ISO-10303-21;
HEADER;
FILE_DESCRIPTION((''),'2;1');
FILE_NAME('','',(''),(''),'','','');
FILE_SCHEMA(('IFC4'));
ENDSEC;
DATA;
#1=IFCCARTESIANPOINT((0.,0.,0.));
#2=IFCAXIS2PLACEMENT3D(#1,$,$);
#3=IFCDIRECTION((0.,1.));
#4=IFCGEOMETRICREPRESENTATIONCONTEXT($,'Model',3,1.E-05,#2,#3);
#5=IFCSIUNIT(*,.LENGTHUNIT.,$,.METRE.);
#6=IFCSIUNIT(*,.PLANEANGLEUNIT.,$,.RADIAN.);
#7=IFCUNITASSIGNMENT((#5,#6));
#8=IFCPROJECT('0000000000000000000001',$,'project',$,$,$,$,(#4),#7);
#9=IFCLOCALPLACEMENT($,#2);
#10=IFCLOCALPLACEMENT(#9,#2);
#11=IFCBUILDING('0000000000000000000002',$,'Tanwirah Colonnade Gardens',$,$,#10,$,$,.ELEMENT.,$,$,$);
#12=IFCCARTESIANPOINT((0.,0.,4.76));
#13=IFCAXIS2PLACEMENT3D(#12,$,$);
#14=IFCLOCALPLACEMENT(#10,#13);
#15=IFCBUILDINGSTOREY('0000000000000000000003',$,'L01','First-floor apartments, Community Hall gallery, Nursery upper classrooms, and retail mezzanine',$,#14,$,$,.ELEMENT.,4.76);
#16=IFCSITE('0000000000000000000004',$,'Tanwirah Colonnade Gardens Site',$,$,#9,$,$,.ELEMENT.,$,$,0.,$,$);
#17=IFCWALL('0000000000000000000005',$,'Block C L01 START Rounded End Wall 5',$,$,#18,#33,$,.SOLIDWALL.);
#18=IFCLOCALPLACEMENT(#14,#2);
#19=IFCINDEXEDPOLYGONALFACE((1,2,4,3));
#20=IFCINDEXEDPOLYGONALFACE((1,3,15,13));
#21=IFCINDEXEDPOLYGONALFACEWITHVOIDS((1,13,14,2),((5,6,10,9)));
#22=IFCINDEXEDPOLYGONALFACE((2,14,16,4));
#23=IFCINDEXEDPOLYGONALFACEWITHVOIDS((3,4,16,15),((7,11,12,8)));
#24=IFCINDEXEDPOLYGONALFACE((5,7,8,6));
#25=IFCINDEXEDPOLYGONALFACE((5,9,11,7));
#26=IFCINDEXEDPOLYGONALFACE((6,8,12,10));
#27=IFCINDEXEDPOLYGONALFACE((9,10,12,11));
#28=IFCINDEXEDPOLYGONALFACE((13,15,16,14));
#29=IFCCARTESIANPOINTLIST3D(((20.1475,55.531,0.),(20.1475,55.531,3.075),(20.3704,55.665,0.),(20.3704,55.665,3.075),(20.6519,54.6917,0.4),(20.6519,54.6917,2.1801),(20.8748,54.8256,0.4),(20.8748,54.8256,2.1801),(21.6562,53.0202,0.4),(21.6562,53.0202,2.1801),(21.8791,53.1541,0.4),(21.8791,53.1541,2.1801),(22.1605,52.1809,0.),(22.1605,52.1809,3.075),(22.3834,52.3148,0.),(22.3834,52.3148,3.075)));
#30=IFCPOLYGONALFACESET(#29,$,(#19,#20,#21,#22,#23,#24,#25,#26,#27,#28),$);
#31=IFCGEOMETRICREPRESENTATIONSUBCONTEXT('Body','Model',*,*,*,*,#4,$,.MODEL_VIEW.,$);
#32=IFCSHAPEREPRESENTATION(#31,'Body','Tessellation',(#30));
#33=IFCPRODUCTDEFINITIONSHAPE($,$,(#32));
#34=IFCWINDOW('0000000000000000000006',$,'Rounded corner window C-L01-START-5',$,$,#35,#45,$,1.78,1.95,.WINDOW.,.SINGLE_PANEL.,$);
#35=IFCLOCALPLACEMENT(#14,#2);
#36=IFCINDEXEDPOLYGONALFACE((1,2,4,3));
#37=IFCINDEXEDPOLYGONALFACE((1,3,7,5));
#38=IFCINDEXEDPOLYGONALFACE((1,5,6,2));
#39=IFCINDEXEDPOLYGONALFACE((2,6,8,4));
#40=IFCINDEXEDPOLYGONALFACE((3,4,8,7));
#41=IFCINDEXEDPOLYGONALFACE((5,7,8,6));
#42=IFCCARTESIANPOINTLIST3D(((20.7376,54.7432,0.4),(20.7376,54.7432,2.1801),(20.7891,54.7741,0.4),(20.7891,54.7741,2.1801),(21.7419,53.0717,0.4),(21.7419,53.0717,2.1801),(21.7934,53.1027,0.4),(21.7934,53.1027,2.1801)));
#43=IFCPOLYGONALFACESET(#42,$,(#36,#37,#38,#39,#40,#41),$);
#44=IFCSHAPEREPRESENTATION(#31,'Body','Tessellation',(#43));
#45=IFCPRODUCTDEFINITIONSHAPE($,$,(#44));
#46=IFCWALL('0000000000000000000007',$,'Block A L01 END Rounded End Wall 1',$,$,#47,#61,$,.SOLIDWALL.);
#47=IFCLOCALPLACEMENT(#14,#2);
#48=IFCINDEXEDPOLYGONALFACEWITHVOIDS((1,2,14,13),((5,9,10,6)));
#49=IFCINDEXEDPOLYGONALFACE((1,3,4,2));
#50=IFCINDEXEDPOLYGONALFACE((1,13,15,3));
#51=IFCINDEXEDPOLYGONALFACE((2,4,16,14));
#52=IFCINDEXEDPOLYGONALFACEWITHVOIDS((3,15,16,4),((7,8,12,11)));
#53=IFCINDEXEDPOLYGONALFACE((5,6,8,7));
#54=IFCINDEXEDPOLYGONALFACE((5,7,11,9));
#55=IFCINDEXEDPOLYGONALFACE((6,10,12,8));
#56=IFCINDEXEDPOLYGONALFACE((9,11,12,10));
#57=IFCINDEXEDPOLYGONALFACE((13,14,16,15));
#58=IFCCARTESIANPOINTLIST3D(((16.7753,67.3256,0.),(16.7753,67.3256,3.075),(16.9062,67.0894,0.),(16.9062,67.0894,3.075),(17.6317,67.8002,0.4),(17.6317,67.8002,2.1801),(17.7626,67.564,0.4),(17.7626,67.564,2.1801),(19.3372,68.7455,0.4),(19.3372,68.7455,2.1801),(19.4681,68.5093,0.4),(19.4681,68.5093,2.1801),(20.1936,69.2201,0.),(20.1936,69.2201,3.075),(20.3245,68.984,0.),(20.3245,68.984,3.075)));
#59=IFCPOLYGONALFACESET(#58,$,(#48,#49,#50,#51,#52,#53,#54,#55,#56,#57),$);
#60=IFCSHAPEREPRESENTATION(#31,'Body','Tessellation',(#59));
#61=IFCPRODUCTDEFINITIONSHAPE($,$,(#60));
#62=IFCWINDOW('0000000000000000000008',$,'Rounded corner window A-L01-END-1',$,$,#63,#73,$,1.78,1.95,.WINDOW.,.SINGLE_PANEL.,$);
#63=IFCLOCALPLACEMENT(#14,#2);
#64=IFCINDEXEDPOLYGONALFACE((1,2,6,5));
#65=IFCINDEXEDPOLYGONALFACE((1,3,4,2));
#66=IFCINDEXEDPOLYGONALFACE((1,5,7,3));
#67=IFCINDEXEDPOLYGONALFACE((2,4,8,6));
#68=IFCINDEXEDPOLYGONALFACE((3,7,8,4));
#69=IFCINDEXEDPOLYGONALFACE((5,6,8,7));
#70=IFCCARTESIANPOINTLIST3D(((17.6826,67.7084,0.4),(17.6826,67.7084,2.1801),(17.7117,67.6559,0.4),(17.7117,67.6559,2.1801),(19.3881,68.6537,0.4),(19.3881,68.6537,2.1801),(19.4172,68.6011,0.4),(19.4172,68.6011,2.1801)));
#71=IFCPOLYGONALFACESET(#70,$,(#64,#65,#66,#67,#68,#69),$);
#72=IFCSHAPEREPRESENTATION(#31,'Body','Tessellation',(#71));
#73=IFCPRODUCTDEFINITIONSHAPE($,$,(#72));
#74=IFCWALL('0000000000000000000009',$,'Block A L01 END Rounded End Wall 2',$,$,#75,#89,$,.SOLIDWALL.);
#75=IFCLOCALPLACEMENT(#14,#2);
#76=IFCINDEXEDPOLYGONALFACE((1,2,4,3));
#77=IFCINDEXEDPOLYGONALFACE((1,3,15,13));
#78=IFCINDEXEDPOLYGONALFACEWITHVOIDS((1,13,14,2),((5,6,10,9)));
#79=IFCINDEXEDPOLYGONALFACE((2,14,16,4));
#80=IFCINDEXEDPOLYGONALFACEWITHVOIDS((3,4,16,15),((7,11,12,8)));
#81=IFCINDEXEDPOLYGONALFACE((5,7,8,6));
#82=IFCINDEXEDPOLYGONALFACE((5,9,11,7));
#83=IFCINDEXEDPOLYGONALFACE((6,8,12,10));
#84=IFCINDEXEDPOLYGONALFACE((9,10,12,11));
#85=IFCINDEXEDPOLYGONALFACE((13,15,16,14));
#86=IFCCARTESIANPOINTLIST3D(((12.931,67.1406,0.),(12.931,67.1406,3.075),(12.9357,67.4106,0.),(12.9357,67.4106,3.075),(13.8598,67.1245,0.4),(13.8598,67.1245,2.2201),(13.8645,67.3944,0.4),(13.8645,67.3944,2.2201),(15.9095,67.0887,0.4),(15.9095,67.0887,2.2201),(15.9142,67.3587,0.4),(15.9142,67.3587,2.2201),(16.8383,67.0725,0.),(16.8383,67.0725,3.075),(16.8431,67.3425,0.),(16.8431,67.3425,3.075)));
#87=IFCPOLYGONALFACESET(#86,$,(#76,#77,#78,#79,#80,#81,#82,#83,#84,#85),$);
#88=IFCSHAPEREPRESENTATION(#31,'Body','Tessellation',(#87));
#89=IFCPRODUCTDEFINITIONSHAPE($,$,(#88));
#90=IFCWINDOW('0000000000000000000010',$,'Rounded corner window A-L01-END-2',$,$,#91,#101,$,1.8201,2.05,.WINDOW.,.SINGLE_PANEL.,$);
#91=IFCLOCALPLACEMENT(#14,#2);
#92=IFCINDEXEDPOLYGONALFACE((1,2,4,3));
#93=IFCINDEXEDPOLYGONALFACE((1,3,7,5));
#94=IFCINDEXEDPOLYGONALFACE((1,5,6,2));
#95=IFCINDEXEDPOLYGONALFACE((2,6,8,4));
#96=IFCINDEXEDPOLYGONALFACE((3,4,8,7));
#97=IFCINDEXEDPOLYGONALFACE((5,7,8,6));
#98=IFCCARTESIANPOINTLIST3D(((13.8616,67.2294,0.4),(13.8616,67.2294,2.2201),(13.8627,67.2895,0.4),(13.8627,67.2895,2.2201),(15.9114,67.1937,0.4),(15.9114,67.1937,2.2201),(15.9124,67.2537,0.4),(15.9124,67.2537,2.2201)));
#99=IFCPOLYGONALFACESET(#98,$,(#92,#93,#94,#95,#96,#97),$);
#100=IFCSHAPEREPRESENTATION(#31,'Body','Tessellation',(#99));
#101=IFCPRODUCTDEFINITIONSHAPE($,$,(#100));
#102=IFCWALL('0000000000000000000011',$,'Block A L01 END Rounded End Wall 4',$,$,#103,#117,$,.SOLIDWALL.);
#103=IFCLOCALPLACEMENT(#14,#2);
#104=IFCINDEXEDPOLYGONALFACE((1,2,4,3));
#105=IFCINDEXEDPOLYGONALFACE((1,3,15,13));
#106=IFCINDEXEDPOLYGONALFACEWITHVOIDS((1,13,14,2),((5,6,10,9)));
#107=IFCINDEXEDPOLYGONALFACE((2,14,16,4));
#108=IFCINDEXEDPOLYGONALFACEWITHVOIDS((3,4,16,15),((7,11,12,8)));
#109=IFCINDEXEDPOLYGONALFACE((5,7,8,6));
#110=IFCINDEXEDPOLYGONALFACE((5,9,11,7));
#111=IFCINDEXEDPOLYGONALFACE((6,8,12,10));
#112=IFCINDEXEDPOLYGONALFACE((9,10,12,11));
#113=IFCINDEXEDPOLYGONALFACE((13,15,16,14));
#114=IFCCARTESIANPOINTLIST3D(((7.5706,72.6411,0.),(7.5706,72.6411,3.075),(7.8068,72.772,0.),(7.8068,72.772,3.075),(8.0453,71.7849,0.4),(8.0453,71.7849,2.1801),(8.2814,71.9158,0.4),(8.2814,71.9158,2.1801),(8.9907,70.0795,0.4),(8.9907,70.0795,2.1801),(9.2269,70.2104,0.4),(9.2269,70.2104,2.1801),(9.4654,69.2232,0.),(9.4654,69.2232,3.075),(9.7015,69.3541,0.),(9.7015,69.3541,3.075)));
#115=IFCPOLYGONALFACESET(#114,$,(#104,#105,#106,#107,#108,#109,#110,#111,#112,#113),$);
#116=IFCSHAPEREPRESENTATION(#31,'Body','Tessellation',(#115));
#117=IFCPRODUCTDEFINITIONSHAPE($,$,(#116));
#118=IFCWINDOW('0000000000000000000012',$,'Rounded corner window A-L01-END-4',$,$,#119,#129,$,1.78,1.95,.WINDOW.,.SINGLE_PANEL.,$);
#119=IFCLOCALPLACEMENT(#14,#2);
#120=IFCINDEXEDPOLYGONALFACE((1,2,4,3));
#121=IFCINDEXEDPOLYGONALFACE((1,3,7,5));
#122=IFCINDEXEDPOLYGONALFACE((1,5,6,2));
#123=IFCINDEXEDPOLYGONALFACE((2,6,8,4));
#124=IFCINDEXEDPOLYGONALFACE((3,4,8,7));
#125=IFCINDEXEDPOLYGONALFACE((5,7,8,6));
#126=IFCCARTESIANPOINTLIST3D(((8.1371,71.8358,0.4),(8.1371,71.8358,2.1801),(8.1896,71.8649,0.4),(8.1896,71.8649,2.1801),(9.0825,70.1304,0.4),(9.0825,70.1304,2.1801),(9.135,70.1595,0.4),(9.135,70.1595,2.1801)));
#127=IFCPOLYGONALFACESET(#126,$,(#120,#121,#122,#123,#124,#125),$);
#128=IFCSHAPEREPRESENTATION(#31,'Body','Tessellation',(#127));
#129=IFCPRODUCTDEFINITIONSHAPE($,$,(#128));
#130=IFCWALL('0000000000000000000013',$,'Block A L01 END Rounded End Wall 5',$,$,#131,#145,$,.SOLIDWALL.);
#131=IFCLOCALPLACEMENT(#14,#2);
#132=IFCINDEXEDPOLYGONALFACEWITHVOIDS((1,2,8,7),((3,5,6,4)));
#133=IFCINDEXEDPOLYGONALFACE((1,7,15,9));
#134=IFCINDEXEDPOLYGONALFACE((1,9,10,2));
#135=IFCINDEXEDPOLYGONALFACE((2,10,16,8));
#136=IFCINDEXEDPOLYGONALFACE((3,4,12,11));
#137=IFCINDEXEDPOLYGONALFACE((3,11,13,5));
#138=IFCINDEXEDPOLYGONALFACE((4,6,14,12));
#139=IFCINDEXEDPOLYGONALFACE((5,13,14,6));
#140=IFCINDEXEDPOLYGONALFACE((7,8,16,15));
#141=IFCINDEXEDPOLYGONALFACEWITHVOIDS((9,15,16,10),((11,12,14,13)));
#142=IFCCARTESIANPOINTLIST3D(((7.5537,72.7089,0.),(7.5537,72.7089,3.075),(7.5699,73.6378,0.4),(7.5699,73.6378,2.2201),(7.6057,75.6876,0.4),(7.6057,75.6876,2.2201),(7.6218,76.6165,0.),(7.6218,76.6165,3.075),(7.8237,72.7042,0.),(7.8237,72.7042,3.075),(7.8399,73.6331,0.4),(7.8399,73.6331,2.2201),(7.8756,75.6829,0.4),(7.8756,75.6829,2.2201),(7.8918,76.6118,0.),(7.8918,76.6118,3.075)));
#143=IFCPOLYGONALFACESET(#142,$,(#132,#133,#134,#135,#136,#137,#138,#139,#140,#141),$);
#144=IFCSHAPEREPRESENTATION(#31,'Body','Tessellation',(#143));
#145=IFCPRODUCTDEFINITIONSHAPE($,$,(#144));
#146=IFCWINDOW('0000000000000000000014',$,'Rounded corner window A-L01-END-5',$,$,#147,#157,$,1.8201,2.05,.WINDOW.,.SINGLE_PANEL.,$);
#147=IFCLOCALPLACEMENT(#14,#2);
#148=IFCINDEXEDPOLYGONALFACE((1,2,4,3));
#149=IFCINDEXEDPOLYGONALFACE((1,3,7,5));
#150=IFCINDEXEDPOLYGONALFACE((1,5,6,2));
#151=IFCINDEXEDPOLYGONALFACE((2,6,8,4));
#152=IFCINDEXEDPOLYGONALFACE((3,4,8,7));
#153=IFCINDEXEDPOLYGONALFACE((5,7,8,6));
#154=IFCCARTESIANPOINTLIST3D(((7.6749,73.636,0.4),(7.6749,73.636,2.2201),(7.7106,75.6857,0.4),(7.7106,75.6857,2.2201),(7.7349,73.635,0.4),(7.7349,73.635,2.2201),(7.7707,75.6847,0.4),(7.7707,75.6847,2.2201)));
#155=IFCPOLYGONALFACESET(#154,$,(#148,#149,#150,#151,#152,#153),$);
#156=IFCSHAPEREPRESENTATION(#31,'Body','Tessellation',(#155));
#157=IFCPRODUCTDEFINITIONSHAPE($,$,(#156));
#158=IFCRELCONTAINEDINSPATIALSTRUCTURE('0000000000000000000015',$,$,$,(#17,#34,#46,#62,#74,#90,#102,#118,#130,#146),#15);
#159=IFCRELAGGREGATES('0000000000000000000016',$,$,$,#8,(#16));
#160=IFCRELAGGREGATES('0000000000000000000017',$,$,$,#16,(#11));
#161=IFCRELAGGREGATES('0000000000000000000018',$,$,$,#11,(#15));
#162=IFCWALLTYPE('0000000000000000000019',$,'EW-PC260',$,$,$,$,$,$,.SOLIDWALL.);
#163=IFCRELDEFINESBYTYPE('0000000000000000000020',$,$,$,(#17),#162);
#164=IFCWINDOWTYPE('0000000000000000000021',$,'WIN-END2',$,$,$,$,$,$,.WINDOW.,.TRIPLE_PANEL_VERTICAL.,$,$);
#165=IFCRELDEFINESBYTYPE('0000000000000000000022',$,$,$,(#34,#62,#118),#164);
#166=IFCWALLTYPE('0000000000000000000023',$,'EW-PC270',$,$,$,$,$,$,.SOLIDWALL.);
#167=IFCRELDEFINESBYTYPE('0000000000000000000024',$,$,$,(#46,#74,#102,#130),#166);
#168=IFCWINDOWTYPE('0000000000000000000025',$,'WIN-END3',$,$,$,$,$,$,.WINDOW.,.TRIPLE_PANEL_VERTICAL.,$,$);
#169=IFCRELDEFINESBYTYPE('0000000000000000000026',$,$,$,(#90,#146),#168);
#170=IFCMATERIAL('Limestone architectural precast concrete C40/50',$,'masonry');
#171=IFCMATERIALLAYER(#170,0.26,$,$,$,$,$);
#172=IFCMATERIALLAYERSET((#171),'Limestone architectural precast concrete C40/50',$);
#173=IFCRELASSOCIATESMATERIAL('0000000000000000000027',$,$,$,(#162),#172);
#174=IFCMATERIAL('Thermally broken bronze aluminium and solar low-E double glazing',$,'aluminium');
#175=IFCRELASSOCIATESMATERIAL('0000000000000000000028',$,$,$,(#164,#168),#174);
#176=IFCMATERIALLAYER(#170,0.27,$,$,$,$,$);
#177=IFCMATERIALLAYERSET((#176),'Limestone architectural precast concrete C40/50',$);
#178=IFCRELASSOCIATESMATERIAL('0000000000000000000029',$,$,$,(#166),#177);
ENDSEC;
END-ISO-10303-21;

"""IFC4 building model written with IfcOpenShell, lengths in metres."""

from ifc_helpers import new_model, si_unit, direction, frame, frame_2d, origin, place, context, subcontext, project, spatial, rectangle, extrude, material, layer, layer_set, type_object, element, fill, save


model = new_model("IFC4")

# Units and contexts
model_context = context("Model", 3, precision=1e-05, world=origin(), true_north=direction((0.0, 1.0)))
body_context = subcontext(model_context, "Body", "Model", "MODEL_VIEW")
ifc_project = project(units=[si_unit("LENGTHUNIT", "METRE"), si_unit("PLANEANGLEUNIT", "RADIAN")], contexts=[model_context])

# Site, building, storey
site_placement = place(None, origin())
site = spatial("IfcSite", under=ifc_project, at=site_placement, Name="Tanwirah Colonnade Gardens Site", CompositionType="ELEMENT", RefElevation=0.0)
building_placement = place(site_placement, origin())
building = spatial("IfcBuilding", under=site, at=building_placement, Name="Tanwirah Colonnade Gardens", CompositionType="ELEMENT")
storey_placement = place(building_placement, frame((0.0, 0.0, 4.76)))
storey = spatial("IfcBuildingStorey", under=building, at=storey_placement, Name="L01", Description="First-floor apartments, Community Hall gallery, Nursery upper classrooms, and retail mezzanine", CompositionType="ELEMENT", Elevation=4.76)

# Walls, openings, windows
ifc_material_1 = material(Name="Limestone architectural precast concrete C40/50", Category="masonry")
ifc_layer_1 = layer(ifc_material_1, 0.26)
ifc_layer_set_1 = layer_set([ifc_layer_1], Name="Limestone architectural precast concrete C40/50")
wall_type_1 = type_object("IfcWallType", Name="EW-PC260", PredefinedType="SOLIDWALL", material=ifc_layer_set_1)
ifc_material_2 = material(Name="Thermally broken bronze aluminium and solar low-E double glazing", Category="aluminium")
window_type_1 = type_object("IfcWindowType", Name="WIN-END2", PartitioningType="TRIPLE_PANEL_VERTICAL", PredefinedType="WINDOW", material=ifc_material_2)
wall_1_placement = place(storey_placement, frame((20.259, 55.5979, 0.0), z_axis=(0.0, 0.0, 1.0), x_axis=(0.515038, -0.857168, 0.0)))
wall_1 = element("IfcWall", 1, at=wall_1_placement, inside=storey, type_object=wall_type_1, Name="Block C L01 START Rounded End Wall 5", PredefinedType="SOLIDWALL", context=body_context, shape_type="SweptSolid", body=[
    extrude(rectangle(XDim=3.9084, YDim=0.26, at=frame_2d((1.9541, 0.0))), origin(), (0.0, 0.0, 1.0), 3.075),
])
opening_1_placement = place(wall_1_placement, frame((0.979, 0.0, 0.3999)))
opening_1 = element("IfcOpeningElement", 2, at=opening_1_placement, cuts=wall_1, PredefinedType="OPENING", context=body_context, shape_type="SweptSolid", body=[
    extrude(rectangle(XDim=1.95, YDim=1.78, at=frame_2d((0.9751, 0.8901))), frame((0.0, 0.1399, 0.0), z_axis=(0.0, -1.0, 0.0), x_axis=(1.0, 0.0, 0.0)), (0.0, 0.0, 1.0), 0.28),
])
window_1_placement = place(opening_1_placement, origin())
window_1 = element("IfcWindow", 3, at=window_1_placement, inside=storey, type_object=window_type_1, Name="Rounded corner window C-L01-START-5", OverallHeight=1.78, OverallWidth=1.95, PartitioningType="SINGLE_PANEL", PredefinedType="WINDOW", context=body_context, shape_type="SweptSolid", body=[
    extrude(rectangle(XDim=1.95, YDim=1.78, at=frame_2d((0.9751, 0.8901))), frame((0.0, 0.03, 0.0), z_axis=(0.0, -1.0, 0.0), x_axis=(1.0, 0.0, 0.0)), (0.0, 0.0, 1.0), 0.0601),
])
fill(opening_1, window_1)
ifc_layer_2 = layer(ifc_material_1, 0.27)
ifc_layer_set_2 = layer_set([ifc_layer_2], Name="Limestone architectural precast concrete C40/50")
wall_type_2 = type_object("IfcWallType", Name="EW-PC270", PredefinedType="SOLIDWALL", material=ifc_layer_set_2)
wall_2_placement = place(storey_placement, frame((20.259, 69.1021, 0.0), z_axis=(0.0, 0.0, 1.0), x_axis=(-0.874643, -0.484768, 0.0)))
wall_2 = element("IfcWall", 4, at=wall_2_placement, inside=storey, type_object=wall_type_2, Name="Block A L01 END Rounded End Wall 1", PredefinedType="SOLIDWALL", context=body_context, shape_type="SweptSolid", body=[
    extrude(rectangle(XDim=3.9082, YDim=0.27, at=frame_2d((1.9541, 0.0))), origin(), (0.0, 0.0, 1.0), 3.075),
])
opening_2_placement = place(wall_2_placement, frame((0.979, 0.0, 0.3999)))
opening_2 = element("IfcOpeningElement", 5, at=opening_2_placement, cuts=wall_2, PredefinedType="OPENING", context=body_context, shape_type="SweptSolid", body=[
    extrude(rectangle(XDim=1.95, YDim=1.78, at=frame_2d((0.9751, 0.8901))), frame((0.0, 0.145, 0.0), z_axis=(0.0, -1.0, 0.0), x_axis=(1.0, 0.0, 0.0)), (0.0, 0.0, 1.0), 0.29),
])
window_2_placement = place(opening_2_placement, origin())
window_2 = element("IfcWindow", 6, at=window_2_placement, inside=storey, type_object=window_type_1, Name="Rounded corner window A-L01-END-1", OverallHeight=1.78, OverallWidth=1.95, PartitioningType="SINGLE_PANEL", PredefinedType="WINDOW", context=body_context, shape_type="SweptSolid", body=[
    extrude(rectangle(XDim=1.95, YDim=1.78, at=frame_2d((0.9751, 0.8901))), frame((0.0, 0.03, 0.0), z_axis=(0.0, -1.0, 0.0), x_axis=(1.0, 0.0, 0.0)), (0.0, 0.0, 1.0), 0.0601),
])
fill(opening_2, window_2)
wall_3_placement = place(storey_placement, frame((16.8408, 67.2075, 0.0), z_axis=(0.0, 0.0, 1.0), x_axis=(-0.999848, 0.017429, 0.0)))
wall_3 = element("IfcWall", 7, at=wall_3_placement, inside=storey, type_object=wall_type_2, Name="Block A L01 END Rounded End Wall 2", PredefinedType="SOLIDWALL", context=body_context, shape_type="SweptSolid", body=[
    extrude(rectangle(XDim=3.908, YDim=0.27, at=frame_2d((1.9541, 0.0))), origin(), (0.0, 0.0, 1.0), 3.075),
])
opening_3_placement = place(wall_3_placement, frame((0.9292, 0.0, 0.3999)))
opening_3 = element("IfcOpeningElement", 8, at=opening_3_placement, cuts=wall_3, PredefinedType="OPENING", context=body_context, shape_type="SweptSolid", body=[
    extrude(rectangle(XDim=2.05, YDim=1.8201, at=frame_2d((1.0249, 0.9102))), frame((0.0, 0.145, 0.0), z_axis=(0.0, -1.0, 0.0), x_axis=(1.0, 0.0, 0.0)), (0.0, 0.0, 1.0), 0.29),
])
window_type_2 = type_object("IfcWindowType", Name="WIN-END3", PartitioningType="TRIPLE_PANEL_VERTICAL", PredefinedType="WINDOW", material=ifc_material_2)
window_3_placement = place(opening_3_placement, origin())
window_3 = element("IfcWindow", 9, at=window_3_placement, inside=storey, type_object=window_type_2, Name="Rounded corner window A-L01-END-2", OverallHeight=1.8201, OverallWidth=2.05, PartitioningType="SINGLE_PANEL", PredefinedType="WINDOW", context=body_context, shape_type="SweptSolid", body=[
    extrude(rectangle(XDim=2.05, YDim=1.8201, at=frame_2d((1.0249, 0.9102))), frame((0.0, 0.03, 0.0), z_axis=(0.0, -1.0, 0.0), x_axis=(1.0, 0.0, 0.0)), (0.0, 0.0, 1.0), 0.0601),
])
fill(opening_3, window_3)
wall_4_placement = place(storey_placement, frame((9.5835, 69.2886, 0.0), z_axis=(0.0, 0.0, 1.0), x_axis=(-0.484842, 0.874602, 0.0)))
wall_4 = element("IfcWall", 10, at=wall_4_placement, inside=storey, type_object=wall_type_2, Name="Block A L01 END Rounded End Wall 4", PredefinedType="SOLIDWALL", context=body_context, shape_type="SweptSolid", body=[
    extrude(rectangle(XDim=3.908, YDim=0.27, at=frame_2d((1.9541, 0.0))), origin(), (0.0, 0.0, 1.0), 3.075),
])
opening_4_placement = place(wall_4_placement, frame((0.979, 0.0, 0.3999)))
opening_4 = element("IfcOpeningElement", 11, at=opening_4_placement, cuts=wall_4, PredefinedType="OPENING", context=body_context, shape_type="SweptSolid", body=[
    extrude(rectangle(XDim=1.95, YDim=1.78, at=frame_2d((0.9751, 0.8901))), frame((0.0, 0.145, 0.0), z_axis=(0.0, -1.0, 0.0), x_axis=(1.0, 0.0, 0.0)), (0.0, 0.0, 1.0), 0.29),
])
window_4_placement = place(opening_4_placement, origin())
window_4 = element("IfcWindow", 12, at=window_4_placement, inside=storey, type_object=window_type_1, Name="Rounded corner window A-L01-END-4", OverallHeight=1.78, OverallWidth=1.95, PartitioningType="SINGLE_PANEL", PredefinedType="WINDOW", context=body_context, shape_type="SweptSolid", body=[
    extrude(rectangle(XDim=1.95, YDim=1.78, at=frame_2d((0.9751, 0.8901))), frame((0.0, 0.03, 0.0), z_axis=(0.0, -1.0, 0.0), x_axis=(1.0, 0.0, 0.0)), (0.0, 0.0, 1.0), 0.0601),
])
fill(opening_4, window_4)
wall_5_placement = place(storey_placement, frame((7.6887, 72.7065, 0.0), z_axis=(0.0, 0.0, 1.0), x_axis=(0.017428, 0.999848, 0.0)))
wall_5 = element("IfcWall", 13, at=wall_5_placement, inside=storey, type_object=wall_type_2, Name="Block A L01 END Rounded End Wall 5", PredefinedType="SOLIDWALL", context=body_context, shape_type="SweptSolid", body=[
    extrude(rectangle(XDim=3.9082, YDim=0.27, at=frame_2d((1.9541, 0.0))), origin(), (0.0, 0.0, 1.0), 3.075),
])
opening_5_placement = place(wall_5_placement, frame((0.9292, 0.0, 0.3999)))
opening_5 = element("IfcOpeningElement", 14, at=opening_5_placement, cuts=wall_5, PredefinedType="OPENING", context=body_context, shape_type="SweptSolid", body=[
    extrude(rectangle(XDim=2.05, YDim=1.8201, at=frame_2d((1.0249, 0.9102))), frame((0.0, 0.145, 0.0), z_axis=(0.0, -1.0, 0.0), x_axis=(1.0, 0.0, 0.0)), (0.0, 0.0, 1.0), 0.29),
])
window_5_placement = place(opening_5_placement, origin())
window_5 = element("IfcWindow", 15, at=window_5_placement, inside=storey, type_object=window_type_2, Name="Rounded corner window A-L01-END-5", OverallHeight=1.8201, OverallWidth=2.05, PartitioningType="SINGLE_PANEL", PredefinedType="WINDOW", context=body_context, shape_type="SweptSolid", body=[
    extrude(rectangle(XDim=2.05, YDim=1.8201, at=frame_2d((1.0249, 0.9102))), frame((0.0, 0.03, 0.0), z_axis=(0.0, -1.0, 0.0), x_axis=(1.0, 0.0, 0.0)), (0.0, 0.0, 1.0), 0.0601),
])
fill(opening_5, window_5)

save(model, "model.ifc")
